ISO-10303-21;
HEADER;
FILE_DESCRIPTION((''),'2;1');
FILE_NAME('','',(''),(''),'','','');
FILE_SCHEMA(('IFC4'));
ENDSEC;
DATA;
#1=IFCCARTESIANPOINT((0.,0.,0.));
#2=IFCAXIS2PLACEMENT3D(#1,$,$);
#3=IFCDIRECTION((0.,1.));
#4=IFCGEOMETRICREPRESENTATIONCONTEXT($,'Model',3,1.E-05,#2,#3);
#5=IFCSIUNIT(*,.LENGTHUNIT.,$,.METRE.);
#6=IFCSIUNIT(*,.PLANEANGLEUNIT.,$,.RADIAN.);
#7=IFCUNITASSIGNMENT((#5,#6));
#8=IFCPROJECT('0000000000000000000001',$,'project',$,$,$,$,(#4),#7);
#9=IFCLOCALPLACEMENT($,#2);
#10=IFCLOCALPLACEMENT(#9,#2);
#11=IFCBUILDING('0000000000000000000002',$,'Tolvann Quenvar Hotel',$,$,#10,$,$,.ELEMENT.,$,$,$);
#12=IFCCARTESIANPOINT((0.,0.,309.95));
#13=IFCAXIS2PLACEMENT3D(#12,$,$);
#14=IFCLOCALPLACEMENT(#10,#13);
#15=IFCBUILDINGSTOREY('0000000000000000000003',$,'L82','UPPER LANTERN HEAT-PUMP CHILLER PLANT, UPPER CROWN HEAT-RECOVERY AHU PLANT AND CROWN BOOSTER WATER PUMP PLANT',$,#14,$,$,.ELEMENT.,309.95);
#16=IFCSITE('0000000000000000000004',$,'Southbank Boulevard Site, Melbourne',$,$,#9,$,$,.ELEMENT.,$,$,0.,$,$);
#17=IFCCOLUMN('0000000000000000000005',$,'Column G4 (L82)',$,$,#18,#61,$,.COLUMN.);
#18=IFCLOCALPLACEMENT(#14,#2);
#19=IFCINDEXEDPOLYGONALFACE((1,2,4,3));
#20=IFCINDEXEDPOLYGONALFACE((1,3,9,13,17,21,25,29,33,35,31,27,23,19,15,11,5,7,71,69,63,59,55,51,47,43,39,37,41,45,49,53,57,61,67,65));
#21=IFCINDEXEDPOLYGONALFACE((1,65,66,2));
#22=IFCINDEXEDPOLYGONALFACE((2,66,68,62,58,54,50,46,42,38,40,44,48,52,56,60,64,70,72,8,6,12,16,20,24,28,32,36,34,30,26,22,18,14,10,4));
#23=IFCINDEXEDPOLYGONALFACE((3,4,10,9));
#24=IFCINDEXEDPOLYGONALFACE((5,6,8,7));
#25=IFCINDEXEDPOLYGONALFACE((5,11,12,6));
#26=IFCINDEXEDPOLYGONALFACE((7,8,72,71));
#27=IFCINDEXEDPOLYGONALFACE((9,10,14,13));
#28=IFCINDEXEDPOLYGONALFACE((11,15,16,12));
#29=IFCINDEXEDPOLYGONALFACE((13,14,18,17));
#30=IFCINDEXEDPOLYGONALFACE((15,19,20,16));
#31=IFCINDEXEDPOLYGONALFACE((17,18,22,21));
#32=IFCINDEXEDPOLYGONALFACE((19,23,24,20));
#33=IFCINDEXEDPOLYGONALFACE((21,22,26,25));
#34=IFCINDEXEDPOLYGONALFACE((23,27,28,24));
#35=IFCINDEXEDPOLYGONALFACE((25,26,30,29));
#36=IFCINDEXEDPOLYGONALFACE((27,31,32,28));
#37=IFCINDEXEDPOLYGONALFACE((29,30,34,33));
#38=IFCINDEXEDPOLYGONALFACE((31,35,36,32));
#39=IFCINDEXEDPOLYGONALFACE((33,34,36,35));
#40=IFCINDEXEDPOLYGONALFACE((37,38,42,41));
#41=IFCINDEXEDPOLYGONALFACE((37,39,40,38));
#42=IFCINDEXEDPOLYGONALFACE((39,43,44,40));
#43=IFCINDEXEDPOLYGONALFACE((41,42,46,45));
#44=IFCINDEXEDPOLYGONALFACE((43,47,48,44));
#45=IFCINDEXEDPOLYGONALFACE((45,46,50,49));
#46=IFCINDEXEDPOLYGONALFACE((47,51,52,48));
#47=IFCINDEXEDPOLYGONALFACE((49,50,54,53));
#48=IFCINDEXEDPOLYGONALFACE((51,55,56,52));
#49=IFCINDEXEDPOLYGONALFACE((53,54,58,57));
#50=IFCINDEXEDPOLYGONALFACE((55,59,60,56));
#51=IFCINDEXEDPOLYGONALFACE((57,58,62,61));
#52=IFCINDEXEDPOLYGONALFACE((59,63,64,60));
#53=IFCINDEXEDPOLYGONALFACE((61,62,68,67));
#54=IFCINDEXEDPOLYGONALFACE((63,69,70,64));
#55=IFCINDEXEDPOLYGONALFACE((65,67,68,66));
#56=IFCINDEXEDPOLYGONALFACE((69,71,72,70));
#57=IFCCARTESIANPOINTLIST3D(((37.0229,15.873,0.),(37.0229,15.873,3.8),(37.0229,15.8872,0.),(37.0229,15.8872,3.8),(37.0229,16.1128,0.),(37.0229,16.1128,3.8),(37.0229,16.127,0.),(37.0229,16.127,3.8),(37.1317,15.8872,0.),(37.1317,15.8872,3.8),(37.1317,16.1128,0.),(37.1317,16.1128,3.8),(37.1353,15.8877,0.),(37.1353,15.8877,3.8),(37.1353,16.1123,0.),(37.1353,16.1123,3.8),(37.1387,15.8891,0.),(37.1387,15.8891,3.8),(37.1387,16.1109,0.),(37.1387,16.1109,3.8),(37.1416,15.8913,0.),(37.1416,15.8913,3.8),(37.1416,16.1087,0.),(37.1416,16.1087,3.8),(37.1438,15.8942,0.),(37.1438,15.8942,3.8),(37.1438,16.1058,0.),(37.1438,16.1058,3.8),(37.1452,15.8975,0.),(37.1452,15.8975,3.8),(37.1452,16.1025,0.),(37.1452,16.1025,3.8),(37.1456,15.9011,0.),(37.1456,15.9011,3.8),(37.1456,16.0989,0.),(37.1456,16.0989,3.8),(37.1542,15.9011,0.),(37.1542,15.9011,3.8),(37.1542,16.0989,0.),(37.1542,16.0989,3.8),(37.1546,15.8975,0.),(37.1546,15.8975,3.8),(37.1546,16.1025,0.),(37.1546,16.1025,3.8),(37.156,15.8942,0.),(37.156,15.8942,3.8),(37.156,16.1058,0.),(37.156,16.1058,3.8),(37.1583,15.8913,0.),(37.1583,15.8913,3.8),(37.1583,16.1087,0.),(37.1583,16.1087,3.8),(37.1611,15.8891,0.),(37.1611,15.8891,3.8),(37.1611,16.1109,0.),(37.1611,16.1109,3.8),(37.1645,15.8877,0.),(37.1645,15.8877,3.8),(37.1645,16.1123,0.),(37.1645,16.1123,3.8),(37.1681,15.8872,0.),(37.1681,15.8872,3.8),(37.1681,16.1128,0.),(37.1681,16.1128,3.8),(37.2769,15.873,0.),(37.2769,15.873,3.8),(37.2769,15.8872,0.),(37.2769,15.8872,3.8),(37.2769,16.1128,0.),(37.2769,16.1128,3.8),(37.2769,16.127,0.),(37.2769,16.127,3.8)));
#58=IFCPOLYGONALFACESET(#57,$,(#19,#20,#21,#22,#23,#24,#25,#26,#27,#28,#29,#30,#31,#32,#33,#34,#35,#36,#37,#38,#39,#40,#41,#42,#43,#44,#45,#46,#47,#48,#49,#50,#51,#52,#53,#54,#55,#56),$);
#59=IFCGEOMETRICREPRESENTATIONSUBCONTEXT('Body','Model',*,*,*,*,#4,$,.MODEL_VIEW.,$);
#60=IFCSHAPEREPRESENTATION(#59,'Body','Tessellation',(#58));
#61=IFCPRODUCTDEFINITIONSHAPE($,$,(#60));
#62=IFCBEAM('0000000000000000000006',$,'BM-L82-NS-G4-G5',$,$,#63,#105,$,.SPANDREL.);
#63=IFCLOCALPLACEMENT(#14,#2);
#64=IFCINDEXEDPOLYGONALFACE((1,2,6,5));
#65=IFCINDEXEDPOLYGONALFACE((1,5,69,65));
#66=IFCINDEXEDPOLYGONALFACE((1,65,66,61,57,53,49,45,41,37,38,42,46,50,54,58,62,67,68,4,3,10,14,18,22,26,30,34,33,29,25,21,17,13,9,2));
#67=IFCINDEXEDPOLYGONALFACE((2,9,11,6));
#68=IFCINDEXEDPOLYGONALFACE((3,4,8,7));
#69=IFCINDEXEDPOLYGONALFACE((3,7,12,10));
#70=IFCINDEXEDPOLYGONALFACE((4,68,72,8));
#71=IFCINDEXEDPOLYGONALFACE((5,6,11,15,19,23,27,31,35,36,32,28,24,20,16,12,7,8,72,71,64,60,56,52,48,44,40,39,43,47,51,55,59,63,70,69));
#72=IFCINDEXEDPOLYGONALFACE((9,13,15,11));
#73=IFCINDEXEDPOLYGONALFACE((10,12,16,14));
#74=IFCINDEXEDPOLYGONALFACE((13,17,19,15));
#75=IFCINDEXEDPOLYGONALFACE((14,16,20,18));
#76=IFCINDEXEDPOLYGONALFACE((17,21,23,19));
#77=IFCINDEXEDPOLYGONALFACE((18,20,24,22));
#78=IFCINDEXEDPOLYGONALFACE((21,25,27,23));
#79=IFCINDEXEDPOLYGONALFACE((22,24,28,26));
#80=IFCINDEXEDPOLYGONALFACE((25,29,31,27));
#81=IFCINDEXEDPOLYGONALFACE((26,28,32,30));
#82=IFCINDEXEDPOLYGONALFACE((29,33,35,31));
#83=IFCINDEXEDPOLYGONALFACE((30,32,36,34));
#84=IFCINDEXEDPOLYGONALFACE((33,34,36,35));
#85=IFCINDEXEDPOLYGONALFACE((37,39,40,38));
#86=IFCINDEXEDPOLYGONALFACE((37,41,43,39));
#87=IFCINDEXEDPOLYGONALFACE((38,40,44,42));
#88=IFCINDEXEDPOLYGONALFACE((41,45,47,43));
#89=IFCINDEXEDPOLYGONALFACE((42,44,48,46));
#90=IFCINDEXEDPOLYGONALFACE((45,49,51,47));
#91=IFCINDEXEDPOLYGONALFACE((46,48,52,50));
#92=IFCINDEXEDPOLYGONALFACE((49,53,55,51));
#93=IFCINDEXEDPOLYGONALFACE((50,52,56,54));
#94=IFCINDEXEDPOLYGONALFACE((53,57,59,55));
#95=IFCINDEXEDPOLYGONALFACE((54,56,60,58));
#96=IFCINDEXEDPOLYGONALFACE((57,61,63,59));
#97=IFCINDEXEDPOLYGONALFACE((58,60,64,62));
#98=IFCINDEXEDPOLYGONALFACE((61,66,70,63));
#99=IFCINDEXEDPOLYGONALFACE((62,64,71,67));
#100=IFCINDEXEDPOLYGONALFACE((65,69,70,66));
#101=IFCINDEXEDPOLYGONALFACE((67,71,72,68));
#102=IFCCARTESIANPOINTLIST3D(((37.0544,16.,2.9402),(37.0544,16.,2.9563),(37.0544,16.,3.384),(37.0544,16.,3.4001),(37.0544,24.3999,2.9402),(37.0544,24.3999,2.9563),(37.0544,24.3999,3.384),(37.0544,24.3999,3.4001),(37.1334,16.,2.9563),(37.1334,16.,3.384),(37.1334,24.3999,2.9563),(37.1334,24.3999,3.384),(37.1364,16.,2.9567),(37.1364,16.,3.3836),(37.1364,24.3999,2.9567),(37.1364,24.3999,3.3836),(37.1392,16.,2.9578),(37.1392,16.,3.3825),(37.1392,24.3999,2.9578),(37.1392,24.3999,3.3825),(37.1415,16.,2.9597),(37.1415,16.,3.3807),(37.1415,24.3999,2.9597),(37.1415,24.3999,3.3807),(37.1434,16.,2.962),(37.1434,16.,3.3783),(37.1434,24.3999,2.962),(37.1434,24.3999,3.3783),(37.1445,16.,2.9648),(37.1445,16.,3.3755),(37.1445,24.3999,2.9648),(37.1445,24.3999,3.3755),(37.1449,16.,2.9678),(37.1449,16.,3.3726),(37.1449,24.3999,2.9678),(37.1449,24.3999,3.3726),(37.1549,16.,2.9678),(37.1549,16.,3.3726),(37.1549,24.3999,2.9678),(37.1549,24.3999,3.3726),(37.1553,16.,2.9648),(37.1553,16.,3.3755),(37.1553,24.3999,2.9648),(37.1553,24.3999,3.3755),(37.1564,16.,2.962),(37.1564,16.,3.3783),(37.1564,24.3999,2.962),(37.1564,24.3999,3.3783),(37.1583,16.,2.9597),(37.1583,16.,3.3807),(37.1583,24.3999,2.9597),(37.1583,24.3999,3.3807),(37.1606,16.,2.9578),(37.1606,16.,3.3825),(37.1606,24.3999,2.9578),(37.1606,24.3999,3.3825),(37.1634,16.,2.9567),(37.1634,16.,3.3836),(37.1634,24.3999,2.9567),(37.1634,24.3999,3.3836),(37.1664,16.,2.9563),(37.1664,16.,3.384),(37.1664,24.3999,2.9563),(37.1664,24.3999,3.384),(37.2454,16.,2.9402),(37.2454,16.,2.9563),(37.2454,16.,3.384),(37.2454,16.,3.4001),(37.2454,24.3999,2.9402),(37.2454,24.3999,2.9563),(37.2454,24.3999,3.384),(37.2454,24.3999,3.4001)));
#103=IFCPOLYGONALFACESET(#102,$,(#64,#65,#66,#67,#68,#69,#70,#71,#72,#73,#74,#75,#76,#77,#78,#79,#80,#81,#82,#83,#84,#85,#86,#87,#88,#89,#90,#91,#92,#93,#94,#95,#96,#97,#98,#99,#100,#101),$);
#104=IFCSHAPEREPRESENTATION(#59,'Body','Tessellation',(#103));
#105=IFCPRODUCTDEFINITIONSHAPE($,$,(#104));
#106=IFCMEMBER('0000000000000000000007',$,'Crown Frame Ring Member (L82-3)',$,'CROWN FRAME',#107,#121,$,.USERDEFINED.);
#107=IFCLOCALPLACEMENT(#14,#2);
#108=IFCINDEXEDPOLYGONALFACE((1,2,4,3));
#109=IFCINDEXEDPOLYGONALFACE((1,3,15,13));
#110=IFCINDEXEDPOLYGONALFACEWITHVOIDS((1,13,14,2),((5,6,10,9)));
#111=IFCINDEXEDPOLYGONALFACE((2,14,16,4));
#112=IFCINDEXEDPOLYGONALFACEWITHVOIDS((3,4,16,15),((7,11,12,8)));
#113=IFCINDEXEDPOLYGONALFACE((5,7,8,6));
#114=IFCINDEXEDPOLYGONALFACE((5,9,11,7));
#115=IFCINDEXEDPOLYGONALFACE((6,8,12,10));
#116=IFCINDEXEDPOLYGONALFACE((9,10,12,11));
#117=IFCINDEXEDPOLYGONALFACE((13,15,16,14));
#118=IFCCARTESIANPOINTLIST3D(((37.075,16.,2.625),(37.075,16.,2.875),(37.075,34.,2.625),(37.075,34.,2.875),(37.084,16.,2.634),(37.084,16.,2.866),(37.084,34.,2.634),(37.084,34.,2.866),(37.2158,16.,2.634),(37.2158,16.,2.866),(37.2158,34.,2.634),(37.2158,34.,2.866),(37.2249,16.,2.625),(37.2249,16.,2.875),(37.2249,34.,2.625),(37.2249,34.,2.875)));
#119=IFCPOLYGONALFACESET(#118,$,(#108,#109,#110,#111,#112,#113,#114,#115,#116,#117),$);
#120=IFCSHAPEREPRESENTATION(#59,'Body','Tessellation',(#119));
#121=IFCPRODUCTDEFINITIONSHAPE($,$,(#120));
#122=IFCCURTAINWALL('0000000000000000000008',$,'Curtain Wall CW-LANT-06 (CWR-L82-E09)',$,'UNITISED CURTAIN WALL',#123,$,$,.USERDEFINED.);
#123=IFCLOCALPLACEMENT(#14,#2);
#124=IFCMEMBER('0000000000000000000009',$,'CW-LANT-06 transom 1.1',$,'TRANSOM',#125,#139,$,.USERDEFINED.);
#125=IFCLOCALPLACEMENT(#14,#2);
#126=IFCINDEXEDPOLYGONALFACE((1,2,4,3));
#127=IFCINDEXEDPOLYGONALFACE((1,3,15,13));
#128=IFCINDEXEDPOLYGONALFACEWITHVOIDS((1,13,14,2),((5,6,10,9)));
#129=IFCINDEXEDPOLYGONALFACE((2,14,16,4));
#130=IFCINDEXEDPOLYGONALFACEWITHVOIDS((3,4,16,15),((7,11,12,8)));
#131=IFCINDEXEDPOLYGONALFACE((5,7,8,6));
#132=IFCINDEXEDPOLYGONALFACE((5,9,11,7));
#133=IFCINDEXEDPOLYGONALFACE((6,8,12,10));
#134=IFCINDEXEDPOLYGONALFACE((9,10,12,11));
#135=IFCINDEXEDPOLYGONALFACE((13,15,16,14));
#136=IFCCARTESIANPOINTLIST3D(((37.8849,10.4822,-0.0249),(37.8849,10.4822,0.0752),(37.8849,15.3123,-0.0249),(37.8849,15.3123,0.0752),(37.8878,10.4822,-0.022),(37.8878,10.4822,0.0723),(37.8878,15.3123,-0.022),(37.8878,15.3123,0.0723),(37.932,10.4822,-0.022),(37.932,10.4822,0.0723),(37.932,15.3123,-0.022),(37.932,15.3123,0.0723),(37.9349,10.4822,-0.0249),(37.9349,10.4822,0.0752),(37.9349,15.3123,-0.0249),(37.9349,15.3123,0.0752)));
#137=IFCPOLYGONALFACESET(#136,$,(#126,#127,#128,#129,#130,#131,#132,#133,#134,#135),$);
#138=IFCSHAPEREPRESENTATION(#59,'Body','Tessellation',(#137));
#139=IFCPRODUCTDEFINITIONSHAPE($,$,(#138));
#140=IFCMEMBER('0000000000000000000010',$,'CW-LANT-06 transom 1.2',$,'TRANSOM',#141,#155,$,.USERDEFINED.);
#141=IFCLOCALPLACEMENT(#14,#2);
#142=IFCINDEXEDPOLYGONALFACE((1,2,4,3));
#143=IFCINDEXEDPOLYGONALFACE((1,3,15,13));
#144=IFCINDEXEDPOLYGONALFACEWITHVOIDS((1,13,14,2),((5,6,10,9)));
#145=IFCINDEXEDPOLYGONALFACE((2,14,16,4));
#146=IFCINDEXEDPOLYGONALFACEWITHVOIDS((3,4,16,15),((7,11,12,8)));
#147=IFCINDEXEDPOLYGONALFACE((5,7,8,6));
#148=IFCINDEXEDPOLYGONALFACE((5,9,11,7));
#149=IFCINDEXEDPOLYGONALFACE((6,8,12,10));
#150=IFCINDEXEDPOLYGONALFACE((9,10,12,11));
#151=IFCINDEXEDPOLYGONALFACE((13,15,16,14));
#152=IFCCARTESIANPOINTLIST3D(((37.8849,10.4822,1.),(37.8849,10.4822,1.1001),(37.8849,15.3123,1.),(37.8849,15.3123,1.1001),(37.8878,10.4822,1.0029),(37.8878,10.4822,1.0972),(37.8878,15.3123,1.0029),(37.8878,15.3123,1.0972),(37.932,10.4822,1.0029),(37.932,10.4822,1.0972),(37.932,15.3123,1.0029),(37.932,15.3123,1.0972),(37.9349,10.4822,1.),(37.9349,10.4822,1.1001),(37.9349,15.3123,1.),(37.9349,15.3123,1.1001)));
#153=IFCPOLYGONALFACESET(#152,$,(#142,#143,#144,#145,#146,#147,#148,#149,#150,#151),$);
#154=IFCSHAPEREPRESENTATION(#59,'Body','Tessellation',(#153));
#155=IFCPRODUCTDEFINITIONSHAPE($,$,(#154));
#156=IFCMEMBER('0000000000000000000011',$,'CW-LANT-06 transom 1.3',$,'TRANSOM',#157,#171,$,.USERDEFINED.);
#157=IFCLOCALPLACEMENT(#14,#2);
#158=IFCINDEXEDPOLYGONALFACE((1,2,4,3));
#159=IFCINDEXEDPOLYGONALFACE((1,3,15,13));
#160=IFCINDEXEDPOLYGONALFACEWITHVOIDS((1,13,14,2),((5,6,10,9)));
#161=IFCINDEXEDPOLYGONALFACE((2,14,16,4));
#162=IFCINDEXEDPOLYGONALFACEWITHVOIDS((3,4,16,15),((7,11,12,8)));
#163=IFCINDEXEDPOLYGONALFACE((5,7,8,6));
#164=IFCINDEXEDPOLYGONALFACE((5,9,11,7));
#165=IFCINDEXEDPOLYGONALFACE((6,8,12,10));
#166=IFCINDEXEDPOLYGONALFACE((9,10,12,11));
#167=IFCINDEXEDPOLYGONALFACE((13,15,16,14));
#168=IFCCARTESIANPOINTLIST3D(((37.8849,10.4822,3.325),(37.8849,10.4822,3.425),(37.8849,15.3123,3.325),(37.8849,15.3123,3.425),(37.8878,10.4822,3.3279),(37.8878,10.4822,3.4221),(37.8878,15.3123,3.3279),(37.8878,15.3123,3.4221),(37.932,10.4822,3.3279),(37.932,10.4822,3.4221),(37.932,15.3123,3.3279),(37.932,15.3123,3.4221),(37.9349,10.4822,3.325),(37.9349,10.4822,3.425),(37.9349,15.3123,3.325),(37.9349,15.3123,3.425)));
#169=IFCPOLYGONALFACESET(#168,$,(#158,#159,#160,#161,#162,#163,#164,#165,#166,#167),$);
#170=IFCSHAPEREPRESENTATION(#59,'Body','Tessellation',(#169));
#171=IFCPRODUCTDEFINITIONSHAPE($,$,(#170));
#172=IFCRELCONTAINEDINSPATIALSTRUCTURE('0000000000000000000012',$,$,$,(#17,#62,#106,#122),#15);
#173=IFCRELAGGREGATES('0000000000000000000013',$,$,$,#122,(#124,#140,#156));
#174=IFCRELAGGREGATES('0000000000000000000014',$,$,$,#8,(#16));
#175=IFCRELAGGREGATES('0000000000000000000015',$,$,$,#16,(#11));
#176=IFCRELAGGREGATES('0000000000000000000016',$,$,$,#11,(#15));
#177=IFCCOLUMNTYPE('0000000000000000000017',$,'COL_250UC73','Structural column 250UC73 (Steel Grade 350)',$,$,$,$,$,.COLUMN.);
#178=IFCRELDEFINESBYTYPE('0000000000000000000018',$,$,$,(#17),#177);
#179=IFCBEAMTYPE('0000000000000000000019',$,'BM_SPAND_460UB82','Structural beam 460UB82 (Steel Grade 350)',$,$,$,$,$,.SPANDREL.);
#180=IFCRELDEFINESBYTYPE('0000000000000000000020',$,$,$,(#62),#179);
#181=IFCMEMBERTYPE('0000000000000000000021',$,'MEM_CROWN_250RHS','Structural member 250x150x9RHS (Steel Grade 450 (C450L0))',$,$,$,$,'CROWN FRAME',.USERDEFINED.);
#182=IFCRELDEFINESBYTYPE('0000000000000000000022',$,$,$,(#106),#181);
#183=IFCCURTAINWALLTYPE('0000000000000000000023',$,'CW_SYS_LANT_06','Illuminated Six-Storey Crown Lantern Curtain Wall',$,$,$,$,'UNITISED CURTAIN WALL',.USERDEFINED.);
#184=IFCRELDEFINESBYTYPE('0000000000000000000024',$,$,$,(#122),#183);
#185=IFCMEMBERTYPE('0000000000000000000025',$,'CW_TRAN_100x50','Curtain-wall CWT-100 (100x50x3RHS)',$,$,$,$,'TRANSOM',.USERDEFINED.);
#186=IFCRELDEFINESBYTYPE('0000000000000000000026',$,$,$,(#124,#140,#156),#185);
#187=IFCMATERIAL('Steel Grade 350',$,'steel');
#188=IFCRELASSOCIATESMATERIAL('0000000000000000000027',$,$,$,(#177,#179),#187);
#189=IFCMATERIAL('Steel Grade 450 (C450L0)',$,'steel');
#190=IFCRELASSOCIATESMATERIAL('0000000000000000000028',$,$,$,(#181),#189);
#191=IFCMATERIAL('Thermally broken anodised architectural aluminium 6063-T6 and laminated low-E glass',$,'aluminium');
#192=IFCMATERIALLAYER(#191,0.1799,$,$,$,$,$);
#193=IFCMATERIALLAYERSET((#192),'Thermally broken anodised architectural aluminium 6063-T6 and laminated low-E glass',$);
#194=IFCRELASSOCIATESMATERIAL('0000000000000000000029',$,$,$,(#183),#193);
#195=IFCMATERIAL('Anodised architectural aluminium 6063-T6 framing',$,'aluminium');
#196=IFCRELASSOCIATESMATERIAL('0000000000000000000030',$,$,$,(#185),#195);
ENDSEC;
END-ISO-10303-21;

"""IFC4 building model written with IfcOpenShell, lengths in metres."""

from ifc_helpers import new_model, si_unit, direction, frame, origin, origin_2d, place, context, subcontext, project, spatial, hollow_rectangle, i_section, extrude, source, transform, mapped, material, layer, layer_set, material_profile, profile_set, type_object, type_shapes, element, aggregate, save


model = new_model("IFC4")

# Units and contexts
model_context = context("Model", 3, precision=1e-05, world=origin(), true_north=direction((0.0, 1.0)))
body_context = subcontext(model_context, "Body", "Model", "MODEL_VIEW")
ifc_project = project(units=[si_unit("LENGTHUNIT", "METRE"), si_unit("PLANEANGLEUNIT", "RADIAN")], contexts=[model_context])

# Site, building, storey
site_placement = place(None, origin())
site = spatial("IfcSite", under=ifc_project, at=site_placement, Name="Southbank Boulevard Site, Melbourne", CompositionType="ELEMENT", RefElevation=0.0)
building_placement = place(site_placement, origin())
building = spatial("IfcBuilding", under=site, at=building_placement, Name="Tolvann Quenvar Hotel", CompositionType="ELEMENT")
storey_placement = place(building_placement, frame((0.0, 0.0, 309.95)))
storey = spatial("IfcBuildingStorey", under=building, at=storey_placement, Name="L82", Description="UPPER LANTERN HEAT-PUMP CHILLER PLANT, UPPER CROWN HEAT-RECOVERY AHU PLANT AND CROWN BOOSTER WATER PUMP PLANT", CompositionType="ELEMENT", Elevation=309.95)

# Column
ifc_material_1 = material(Name="Steel Grade 350", Category="steel")
ifc_material_profile_1 = material_profile(ifc_material_1, i_section(OverallWidth=0.2539, OverallDepth=0.2539, WebThickness=0.0085, FlangeThickness=0.0142, FilletRadius=0.0139, at=origin_2d()), Name="250UC73")
ifc_profile_set_1 = profile_set([ifc_material_profile_1], Name="Steel Grade 350")
column_type = type_object("IfcColumnType", Name="COL_250UC73", Description="Structural column 250UC73 (Steel Grade 350)", PredefinedType="COLUMN", material=ifc_profile_set_1)
shared_shape_1 = source(origin(), body_context, "Body", "SweptSolid", [
    extrude(i_section(OverallWidth=0.2539, OverallDepth=0.2539, WebThickness=0.0085, FlangeThickness=0.0142, FilletRadius=0.0139, at=origin_2d()), origin(), (0.0, 0.0, 1.0), 3.8),
])
type_shapes(column_type, [shared_shape_1])
column_placement = place(storey_placement, frame((37.1499, 16.0, 0.0), z_axis=(0.0, 0.0, 1.0), x_axis=(1.0, 0.0, 0.0)))
element("IfcColumn", 1, at=column_placement, inside=storey, type_object=column_type, Name="Column G4 (L82)", PredefinedType="COLUMN", context=body_context, shape_type="MappedRepresentation", body=[
    mapped(shared_shape_1, transform((0.0, 0.0, 0.0), x_axis=(1.0, 0.0, 0.0), y_axis=(0.0, 1.0, 0.0), z_axis=(0.0, 0.0, 1.0), scale=1.0)),
])

# Beam
ifc_material_profile_2 = material_profile(ifc_material_1, i_section(OverallWidth=0.1909, OverallDepth=0.46, WebThickness=0.01, FlangeThickness=0.0161, FilletRadius=0.0115, at=origin_2d()), Name="460UB82")
ifc_profile_set_2 = profile_set([ifc_material_profile_2], Name="Steel Grade 350")
beam_type = type_object("IfcBeamType", Name="BM_SPAND_460UB82", Description="Structural beam 460UB82 (Steel Grade 350)", PredefinedType="SPANDREL", material=ifc_profile_set_2)
shared_shape_2 = source(origin(), body_context, "Body", "SweptSolid", [
    extrude(i_section(OverallWidth=0.1909, OverallDepth=0.46, WebThickness=0.01, FlangeThickness=0.0161, FilletRadius=0.0115, at=origin_2d()), origin(), (0.0, 0.0, 1.0), 8.3999),
])
type_shapes(beam_type, [shared_shape_2])
beam_placement = place(storey_placement, frame((37.1499, 16.0, 3.1702), z_axis=(0.0, 1.0, 0.0), x_axis=(-1.0, 0.0, 0.0)))
element("IfcBeam", 2, at=beam_placement, inside=storey, type_object=beam_type, Name="BM-L82-NS-G4-G5", PredefinedType="SPANDREL", context=body_context, shape_type="MappedRepresentation", body=[
    mapped(shared_shape_2, transform((0.0, 0.0, 0.0), x_axis=(1.0, 0.0, 0.0), y_axis=(0.0, 1.0, 0.0), z_axis=(0.0, 0.0, 1.0), scale=1.0)),
])

# Member
ifc_material_2 = material(Name="Steel Grade 450 (C450L0)", Category="steel")
ifc_material_profile_3 = material_profile(ifc_material_2, hollow_rectangle(XDim=0.1499, YDim=0.25, WallThickness=0.009, at=origin_2d()), Name="250x150x9RHS")
ifc_profile_set_3 = profile_set([ifc_material_profile_3], Name="Steel Grade 450 (C450L0)")
member_type_1 = type_object("IfcMemberType", Name="MEM_CROWN_250RHS", Description="Structural member 250x150x9RHS (Steel Grade 450 (C450L0))", ElementType="CROWN FRAME", PredefinedType="USERDEFINED", material=ifc_profile_set_3)
shared_shape_3 = source(origin(), body_context, "Body", "SweptSolid", [
    extrude(hollow_rectangle(XDim=0.1499, YDim=0.25, WallThickness=0.009, at=origin_2d()), origin(), (0.0, 0.0, 1.0), 18.0),
])
type_shapes(member_type_1, [shared_shape_3])
member_1_placement = place(storey_placement, frame((37.1499, 16.0, 2.75), z_axis=(0.0, 1.0, 0.0), x_axis=(-1.0, 0.0, 0.0)))
element("IfcMember", 3, at=member_1_placement, inside=storey, type_object=member_type_1, Name="Crown Frame Ring Member (L82-3)", ObjectType="CROWN FRAME", PredefinedType="USERDEFINED", context=body_context, shape_type="MappedRepresentation", body=[
    mapped(shared_shape_3, transform((0.0, 0.0, 0.0), x_axis=(1.0, 0.0, 0.0), y_axis=(0.0, 1.0, 0.0), z_axis=(0.0, 0.0, 1.0), scale=1.0)),
])

# Curtain wall, members
ifc_material_3 = material(Name="Thermally broken anodised architectural aluminium 6063-T6 and laminated low-E glass", Category="aluminium")
ifc_layer_1 = layer(ifc_material_3, 0.1799)
ifc_layer_set_1 = layer_set([ifc_layer_1], Name="Thermally broken anodised architectural aluminium 6063-T6 and laminated low-E glass")
curtain_wall_type = type_object("IfcCurtainWallType", Name="CW_SYS_LANT_06", Description="Illuminated Six-Storey Crown Lantern Curtain Wall", ElementType="UNITISED CURTAIN WALL", PredefinedType="USERDEFINED", material=ifc_layer_set_1)
curtain_wall_1_placement = place(storey_placement, origin())
curtain_wall_1 = element("IfcCurtainWall", 4, at=curtain_wall_1_placement, inside=storey, type_object=curtain_wall_type, Name="Curtain Wall CW-LANT-06 (CWR-L82-E09)", ObjectType="UNITISED CURTAIN WALL", PredefinedType="USERDEFINED")
ifc_material_4 = material(Name="Anodised architectural aluminium 6063-T6 framing", Category="aluminium")
ifc_material_profile_4 = material_profile(ifc_material_4, hollow_rectangle(XDim=0.05, YDim=0.1001, WallThickness=0.0029, at=origin_2d()), Name="100x50x3RHS")
ifc_profile_set_4 = profile_set([ifc_material_profile_4], Name="Anodised architectural aluminium 6063-T6 framing")
member_type_2 = type_object("IfcMemberType", Name="CW_TRAN_100x50", Description="Curtain-wall CWT-100 (100x50x3RHS)", ElementType="TRANSOM", PredefinedType="USERDEFINED", material=ifc_profile_set_4)
shared_shape_4 = source(origin(), body_context, "Body", "SweptSolid", [
    extrude(hollow_rectangle(XDim=0.05, YDim=0.1001, WallThickness=0.0029, at=origin_2d()), origin(), (0.0, 0.0, 1.0), 4.8301),
])
member_2_placement = place(storey_placement, frame((37.9099, 10.4822, 0.0251), z_axis=(0.0, 1.0, 0.0), x_axis=(-1.0, 0.0, 0.0)))
member_2 = element("IfcMember", 5, at=member_2_placement, type_object=member_type_2, Name="CW-LANT-06 transom 1.1", ObjectType="TRANSOM", PredefinedType="USERDEFINED", context=body_context, shape_type="MappedRepresentation", body=[
    mapped(shared_shape_4, transform((0.0, 0.0, 0.0), x_axis=(1.0, 0.0, 0.0), y_axis=(0.0, 1.0, 0.0), z_axis=(0.0, 0.0, 1.0), scale=1.0)),
])
member_3_placement = place(storey_placement, frame((37.9099, 10.4822, 1.05), z_axis=(0.0, 1.0, 0.0), x_axis=(-1.0, 0.0, 0.0)))
member_3 = element("IfcMember", 6, at=member_3_placement, type_object=member_type_2, Name="CW-LANT-06 transom 1.2", ObjectType="TRANSOM", PredefinedType="USERDEFINED", context=body_context, shape_type="MappedRepresentation", body=[
    mapped(shared_shape_4, transform((0.0, 0.0, 0.0), x_axis=(1.0, 0.0, 0.0), y_axis=(0.0, 1.0, 0.0), z_axis=(0.0, 0.0, 1.0), scale=1.0)),
])
member_4_placement = place(storey_placement, frame((37.9099, 10.4822, 3.375), z_axis=(0.0, 1.0, 0.0), x_axis=(-1.0, 0.0, 0.0)))
member_4 = element("IfcMember", 7, at=member_4_placement, type_object=member_type_2, Name="CW-LANT-06 transom 1.3", ObjectType="TRANSOM", PredefinedType="USERDEFINED", context=body_context, shape_type="MappedRepresentation", body=[
    mapped(shared_shape_4, transform((0.0, 0.0, 0.0), x_axis=(1.0, 0.0, 0.0), y_axis=(0.0, 1.0, 0.0), z_axis=(0.0, 0.0, 1.0), scale=1.0)),
])

aggregate(curtain_wall_1, [member_2, member_3, member_4])

save(model, "model.ifc")
